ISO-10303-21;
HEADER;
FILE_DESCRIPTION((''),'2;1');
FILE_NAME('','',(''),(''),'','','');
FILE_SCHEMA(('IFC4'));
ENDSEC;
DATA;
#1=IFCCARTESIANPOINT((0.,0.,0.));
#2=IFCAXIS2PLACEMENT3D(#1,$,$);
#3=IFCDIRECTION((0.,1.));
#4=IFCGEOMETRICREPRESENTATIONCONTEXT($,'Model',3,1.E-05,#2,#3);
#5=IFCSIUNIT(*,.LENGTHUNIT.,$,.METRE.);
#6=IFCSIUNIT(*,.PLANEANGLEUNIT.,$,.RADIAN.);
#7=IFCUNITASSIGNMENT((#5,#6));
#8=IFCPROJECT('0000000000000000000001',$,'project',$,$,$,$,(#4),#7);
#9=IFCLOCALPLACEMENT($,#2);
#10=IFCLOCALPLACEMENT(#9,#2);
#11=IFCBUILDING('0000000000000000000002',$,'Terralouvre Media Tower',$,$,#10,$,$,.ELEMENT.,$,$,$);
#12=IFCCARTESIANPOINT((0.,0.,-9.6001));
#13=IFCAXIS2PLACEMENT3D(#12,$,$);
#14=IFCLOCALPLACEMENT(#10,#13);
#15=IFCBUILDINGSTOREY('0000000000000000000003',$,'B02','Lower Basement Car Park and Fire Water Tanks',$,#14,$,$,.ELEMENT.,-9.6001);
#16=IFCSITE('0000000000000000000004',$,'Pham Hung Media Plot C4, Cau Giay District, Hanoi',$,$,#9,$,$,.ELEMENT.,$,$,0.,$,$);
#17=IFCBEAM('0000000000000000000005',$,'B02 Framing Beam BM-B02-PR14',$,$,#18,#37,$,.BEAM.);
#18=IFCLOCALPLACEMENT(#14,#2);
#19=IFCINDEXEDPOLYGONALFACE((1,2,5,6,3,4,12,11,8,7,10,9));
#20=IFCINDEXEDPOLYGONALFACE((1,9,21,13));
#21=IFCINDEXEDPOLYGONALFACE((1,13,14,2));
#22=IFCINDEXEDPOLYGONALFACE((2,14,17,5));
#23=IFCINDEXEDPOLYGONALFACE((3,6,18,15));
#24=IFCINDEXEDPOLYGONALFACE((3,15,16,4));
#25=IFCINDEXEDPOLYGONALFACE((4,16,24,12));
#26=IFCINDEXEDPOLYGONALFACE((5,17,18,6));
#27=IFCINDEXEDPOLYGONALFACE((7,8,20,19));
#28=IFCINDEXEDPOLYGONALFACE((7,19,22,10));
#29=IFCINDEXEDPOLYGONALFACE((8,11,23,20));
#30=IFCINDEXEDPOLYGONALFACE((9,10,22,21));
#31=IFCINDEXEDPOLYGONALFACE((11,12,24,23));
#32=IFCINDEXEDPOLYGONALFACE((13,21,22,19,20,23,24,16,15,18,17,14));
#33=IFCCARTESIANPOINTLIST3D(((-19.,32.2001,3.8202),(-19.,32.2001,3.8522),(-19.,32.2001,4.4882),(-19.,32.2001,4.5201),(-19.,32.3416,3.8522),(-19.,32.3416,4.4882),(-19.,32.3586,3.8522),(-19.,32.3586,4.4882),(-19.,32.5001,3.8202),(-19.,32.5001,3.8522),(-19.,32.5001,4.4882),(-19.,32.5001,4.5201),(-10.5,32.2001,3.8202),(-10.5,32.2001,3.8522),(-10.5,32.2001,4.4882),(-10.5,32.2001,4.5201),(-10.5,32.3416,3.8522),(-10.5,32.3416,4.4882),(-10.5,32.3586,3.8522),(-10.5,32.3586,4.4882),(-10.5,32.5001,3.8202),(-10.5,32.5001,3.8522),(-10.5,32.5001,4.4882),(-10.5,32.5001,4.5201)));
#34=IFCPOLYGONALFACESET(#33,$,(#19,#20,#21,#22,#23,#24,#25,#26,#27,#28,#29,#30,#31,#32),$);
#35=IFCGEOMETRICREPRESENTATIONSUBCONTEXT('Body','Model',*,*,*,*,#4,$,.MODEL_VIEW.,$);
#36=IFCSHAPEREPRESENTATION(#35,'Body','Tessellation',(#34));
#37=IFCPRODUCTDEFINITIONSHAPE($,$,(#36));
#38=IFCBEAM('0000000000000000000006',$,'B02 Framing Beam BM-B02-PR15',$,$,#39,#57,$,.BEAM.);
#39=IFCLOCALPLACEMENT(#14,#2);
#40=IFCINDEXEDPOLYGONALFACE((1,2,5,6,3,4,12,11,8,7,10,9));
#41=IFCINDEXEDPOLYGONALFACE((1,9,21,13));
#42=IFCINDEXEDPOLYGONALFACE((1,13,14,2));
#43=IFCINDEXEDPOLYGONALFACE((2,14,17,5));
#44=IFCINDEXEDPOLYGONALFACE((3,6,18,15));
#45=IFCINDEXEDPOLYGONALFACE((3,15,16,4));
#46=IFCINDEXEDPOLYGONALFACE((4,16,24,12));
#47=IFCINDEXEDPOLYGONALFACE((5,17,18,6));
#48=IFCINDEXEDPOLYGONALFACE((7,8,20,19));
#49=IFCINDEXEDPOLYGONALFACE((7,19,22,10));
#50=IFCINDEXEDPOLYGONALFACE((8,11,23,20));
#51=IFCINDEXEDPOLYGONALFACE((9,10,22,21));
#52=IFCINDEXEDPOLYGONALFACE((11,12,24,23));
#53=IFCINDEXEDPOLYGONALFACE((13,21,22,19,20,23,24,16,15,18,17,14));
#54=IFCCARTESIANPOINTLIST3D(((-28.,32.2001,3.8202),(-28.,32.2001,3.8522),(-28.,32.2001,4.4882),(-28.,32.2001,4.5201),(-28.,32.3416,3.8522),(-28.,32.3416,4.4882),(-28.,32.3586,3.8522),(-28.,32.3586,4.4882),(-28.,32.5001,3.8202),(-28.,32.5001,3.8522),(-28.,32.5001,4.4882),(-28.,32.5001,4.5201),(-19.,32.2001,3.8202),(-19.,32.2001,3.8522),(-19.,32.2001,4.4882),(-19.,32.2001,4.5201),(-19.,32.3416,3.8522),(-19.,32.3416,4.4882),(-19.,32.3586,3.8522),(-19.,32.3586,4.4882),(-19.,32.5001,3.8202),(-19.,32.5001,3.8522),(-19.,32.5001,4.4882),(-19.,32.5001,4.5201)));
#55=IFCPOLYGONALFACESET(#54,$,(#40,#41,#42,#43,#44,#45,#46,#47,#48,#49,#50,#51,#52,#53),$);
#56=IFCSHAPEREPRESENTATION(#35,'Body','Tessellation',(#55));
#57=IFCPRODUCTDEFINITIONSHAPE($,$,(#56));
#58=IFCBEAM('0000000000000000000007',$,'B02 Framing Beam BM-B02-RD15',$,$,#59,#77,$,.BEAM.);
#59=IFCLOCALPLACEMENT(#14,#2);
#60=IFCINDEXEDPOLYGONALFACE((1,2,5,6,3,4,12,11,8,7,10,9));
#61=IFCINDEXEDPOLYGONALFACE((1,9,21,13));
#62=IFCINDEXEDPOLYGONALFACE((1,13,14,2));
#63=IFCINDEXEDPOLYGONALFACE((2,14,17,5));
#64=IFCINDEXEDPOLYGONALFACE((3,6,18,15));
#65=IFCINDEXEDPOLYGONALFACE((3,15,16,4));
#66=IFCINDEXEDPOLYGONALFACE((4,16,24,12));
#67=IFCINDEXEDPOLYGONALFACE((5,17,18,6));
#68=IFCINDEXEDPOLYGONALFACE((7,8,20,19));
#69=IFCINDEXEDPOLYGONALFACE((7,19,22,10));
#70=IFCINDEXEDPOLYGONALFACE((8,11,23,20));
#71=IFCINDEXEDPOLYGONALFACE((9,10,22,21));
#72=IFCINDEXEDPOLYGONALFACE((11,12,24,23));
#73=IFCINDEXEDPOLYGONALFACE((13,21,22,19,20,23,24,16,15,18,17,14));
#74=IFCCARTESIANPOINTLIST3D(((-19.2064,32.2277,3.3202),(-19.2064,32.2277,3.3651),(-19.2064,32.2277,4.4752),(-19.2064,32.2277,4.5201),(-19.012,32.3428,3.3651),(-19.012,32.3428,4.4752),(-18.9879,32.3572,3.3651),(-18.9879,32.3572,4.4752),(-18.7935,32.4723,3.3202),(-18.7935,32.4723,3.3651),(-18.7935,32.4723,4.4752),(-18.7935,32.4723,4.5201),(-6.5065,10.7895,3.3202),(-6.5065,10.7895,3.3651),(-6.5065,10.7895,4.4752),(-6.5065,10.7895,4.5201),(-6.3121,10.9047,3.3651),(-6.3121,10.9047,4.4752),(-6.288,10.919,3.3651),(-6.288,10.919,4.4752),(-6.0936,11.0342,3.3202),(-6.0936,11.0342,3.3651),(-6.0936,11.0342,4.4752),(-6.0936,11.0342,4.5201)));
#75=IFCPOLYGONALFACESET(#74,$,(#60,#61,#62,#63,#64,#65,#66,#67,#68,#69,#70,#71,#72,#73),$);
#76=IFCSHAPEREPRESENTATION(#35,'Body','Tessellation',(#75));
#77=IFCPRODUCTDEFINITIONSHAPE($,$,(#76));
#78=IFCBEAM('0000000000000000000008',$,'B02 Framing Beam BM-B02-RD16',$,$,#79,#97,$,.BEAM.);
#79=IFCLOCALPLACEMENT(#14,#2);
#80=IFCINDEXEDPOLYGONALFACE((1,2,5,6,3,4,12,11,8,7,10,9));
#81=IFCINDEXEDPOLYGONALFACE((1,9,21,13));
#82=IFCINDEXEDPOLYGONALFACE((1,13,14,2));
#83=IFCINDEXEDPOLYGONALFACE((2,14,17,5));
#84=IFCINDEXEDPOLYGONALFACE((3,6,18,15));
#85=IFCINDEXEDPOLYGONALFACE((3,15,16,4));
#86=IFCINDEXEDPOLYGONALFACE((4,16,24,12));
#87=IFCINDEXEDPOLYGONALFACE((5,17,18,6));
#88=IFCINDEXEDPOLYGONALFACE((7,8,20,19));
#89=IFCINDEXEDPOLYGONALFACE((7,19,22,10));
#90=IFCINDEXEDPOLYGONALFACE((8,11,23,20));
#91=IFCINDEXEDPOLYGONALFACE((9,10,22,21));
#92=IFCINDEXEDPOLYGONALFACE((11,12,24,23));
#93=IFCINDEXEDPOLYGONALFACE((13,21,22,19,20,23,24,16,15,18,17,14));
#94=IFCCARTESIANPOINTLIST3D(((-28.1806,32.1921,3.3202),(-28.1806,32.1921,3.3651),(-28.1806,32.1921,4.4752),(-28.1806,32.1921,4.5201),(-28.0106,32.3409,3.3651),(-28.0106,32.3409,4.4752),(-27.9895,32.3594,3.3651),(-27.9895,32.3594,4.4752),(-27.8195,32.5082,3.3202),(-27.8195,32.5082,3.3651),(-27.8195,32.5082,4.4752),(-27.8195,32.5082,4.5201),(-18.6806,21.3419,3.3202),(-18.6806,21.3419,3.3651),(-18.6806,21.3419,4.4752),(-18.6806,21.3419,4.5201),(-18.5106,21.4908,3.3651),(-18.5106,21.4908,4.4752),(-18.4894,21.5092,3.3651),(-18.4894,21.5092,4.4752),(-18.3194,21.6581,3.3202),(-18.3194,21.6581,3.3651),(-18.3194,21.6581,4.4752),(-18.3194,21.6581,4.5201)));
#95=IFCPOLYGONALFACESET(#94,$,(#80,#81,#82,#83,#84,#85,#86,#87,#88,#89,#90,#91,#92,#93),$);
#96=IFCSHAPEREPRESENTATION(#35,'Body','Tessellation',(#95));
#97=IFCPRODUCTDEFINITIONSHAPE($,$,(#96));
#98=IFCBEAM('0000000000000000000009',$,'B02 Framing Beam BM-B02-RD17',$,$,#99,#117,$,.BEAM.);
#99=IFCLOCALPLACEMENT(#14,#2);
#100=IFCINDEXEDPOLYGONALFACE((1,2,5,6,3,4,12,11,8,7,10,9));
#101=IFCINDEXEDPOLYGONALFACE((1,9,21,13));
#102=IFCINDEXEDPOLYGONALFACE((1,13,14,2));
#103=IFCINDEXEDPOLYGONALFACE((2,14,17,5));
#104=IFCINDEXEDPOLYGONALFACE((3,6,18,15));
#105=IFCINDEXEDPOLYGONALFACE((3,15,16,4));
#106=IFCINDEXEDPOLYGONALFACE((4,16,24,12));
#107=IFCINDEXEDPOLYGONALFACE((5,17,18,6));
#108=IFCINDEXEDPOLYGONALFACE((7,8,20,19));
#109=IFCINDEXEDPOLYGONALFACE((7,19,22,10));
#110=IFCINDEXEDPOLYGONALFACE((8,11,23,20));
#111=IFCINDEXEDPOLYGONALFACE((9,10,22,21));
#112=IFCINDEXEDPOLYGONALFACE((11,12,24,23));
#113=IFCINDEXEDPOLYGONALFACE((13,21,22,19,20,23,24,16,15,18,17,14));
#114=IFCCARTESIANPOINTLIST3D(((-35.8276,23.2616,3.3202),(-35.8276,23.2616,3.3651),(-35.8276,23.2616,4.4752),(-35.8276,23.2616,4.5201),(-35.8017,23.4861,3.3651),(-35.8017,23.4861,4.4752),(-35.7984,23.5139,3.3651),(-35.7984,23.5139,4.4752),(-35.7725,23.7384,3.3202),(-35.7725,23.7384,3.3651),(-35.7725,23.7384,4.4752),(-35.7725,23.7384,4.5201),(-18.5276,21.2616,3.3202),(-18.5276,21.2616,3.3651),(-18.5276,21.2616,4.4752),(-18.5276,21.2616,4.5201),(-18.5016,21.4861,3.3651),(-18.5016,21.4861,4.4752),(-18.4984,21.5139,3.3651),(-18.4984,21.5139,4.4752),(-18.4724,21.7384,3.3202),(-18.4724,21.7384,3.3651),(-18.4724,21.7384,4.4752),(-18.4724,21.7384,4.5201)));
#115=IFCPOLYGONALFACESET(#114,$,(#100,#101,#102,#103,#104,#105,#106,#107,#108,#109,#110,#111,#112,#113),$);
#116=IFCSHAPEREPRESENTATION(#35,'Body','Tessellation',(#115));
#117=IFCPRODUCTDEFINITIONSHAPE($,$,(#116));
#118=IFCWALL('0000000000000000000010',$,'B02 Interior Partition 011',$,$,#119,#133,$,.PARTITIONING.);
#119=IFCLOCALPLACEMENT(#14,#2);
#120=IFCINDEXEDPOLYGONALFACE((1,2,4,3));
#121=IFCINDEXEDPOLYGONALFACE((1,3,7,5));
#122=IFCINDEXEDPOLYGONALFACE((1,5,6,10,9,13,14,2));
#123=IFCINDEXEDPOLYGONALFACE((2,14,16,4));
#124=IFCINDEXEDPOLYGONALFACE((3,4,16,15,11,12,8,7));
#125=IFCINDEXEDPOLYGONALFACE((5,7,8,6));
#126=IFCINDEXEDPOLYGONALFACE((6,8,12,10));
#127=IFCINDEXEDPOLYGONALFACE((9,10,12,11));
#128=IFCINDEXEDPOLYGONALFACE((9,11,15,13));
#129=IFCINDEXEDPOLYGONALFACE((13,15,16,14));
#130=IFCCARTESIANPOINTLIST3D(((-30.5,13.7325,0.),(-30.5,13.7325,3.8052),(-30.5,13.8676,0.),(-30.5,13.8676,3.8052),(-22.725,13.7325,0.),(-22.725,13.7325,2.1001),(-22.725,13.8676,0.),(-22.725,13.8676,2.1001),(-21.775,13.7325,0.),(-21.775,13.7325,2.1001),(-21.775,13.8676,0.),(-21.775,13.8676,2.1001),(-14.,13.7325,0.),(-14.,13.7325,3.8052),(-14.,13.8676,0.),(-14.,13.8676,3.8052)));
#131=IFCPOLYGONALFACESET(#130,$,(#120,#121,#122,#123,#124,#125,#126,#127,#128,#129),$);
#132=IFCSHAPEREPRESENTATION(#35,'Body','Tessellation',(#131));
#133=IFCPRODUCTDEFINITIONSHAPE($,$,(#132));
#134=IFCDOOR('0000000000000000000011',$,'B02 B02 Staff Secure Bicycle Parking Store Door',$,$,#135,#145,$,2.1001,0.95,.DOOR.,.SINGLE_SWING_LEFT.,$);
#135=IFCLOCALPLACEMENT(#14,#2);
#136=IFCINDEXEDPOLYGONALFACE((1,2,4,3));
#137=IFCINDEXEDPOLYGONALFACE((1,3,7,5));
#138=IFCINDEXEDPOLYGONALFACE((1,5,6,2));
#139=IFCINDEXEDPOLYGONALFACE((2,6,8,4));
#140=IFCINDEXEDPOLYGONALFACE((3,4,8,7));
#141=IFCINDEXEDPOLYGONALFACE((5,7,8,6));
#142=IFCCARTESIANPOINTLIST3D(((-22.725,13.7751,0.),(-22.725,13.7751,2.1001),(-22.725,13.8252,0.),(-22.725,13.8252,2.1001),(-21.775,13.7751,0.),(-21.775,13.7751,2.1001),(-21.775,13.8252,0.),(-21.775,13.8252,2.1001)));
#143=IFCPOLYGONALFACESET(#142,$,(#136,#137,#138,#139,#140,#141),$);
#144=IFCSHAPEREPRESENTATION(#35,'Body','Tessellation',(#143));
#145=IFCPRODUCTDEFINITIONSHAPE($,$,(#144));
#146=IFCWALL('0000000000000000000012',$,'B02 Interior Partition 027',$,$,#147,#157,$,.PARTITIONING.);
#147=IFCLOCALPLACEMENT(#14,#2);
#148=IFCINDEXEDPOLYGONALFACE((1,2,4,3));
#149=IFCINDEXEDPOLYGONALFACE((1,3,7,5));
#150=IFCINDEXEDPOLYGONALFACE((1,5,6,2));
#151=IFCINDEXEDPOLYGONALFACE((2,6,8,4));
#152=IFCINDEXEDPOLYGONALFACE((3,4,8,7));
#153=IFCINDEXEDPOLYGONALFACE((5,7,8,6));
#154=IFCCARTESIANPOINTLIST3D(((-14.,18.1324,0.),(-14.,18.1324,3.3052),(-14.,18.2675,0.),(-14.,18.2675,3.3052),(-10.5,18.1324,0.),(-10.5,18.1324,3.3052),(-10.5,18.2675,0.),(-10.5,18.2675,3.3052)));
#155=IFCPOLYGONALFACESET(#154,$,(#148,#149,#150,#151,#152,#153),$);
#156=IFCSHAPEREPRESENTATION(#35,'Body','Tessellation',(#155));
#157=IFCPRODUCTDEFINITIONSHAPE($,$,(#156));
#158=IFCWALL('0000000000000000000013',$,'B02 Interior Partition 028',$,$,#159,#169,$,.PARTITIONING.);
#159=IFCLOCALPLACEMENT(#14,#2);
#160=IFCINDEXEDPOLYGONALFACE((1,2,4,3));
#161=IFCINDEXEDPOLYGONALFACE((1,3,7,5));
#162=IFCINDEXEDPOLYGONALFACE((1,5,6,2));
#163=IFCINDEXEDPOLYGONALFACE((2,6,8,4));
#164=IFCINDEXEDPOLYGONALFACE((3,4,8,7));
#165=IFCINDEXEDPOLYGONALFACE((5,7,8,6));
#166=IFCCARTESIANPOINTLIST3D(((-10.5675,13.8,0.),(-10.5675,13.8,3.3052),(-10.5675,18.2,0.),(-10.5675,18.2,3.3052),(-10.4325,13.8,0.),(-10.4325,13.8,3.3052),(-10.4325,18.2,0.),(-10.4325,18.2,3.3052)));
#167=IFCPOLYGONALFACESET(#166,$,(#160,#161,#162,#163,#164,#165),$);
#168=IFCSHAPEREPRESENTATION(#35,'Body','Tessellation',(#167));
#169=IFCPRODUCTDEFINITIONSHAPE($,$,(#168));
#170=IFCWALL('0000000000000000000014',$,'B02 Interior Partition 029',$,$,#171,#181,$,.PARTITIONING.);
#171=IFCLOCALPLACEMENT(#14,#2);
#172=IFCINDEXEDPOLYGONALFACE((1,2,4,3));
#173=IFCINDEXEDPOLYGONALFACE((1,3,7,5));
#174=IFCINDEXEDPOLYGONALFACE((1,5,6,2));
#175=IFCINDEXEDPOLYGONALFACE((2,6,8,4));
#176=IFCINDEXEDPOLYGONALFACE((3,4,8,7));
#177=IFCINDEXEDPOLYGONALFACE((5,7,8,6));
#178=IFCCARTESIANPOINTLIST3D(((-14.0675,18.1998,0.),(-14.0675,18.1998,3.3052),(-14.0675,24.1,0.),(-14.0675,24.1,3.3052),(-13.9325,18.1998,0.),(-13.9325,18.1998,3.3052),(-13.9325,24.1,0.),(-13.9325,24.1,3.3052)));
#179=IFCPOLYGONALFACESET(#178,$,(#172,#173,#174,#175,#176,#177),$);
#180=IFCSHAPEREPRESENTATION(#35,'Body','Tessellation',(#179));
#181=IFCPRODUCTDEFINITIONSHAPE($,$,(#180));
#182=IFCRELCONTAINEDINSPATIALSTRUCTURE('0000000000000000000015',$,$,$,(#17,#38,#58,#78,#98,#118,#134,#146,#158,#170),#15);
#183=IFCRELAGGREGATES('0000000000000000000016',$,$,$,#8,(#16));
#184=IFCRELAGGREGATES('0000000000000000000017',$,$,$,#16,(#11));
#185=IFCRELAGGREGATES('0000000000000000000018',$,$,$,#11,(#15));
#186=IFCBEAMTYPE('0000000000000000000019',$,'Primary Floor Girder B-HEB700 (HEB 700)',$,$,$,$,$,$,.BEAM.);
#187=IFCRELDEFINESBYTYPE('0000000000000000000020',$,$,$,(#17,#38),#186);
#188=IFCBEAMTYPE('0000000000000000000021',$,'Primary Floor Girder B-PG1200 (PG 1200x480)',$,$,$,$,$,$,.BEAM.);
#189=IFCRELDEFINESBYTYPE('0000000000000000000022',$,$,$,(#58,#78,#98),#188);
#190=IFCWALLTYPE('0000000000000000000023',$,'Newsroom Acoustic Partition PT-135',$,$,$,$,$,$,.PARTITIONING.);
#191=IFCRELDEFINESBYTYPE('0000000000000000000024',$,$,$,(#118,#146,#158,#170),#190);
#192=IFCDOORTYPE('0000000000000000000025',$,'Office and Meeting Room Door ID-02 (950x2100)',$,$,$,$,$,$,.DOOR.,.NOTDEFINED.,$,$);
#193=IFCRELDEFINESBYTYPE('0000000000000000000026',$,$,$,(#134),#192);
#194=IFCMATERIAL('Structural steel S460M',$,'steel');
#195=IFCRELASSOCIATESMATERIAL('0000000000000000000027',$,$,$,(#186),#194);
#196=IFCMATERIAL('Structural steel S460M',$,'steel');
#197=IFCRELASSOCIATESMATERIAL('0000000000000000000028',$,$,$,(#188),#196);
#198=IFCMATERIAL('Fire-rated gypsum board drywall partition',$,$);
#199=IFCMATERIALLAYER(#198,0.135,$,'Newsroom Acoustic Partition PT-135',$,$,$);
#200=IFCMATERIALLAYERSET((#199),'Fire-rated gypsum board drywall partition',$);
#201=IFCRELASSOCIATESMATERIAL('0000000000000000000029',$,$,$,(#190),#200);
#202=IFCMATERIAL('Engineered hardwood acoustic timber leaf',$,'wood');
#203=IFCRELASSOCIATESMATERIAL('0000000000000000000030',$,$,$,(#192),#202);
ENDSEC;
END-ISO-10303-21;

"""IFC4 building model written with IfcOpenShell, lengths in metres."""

from ifc_helpers import new_model, si_unit, direction, frame, frame_2d, origin, origin_2d, place, context, subcontext, project, spatial, rectangle, i_section, extrude, material, layer, layer_set, material_profile, profile_set, type_object, element, fill, save


model = new_model("IFC4")

# Units and contexts
model_context = context("Model", 3, precision=1e-05, world=origin(), true_north=direction((0.0, 1.0)))
body_context = subcontext(model_context, "Body", "Model", "MODEL_VIEW")
ifc_project = project(units=[si_unit("LENGTHUNIT", "METRE"), si_unit("PLANEANGLEUNIT", "RADIAN")], contexts=[model_context])

# Site, building, storey
site_placement = place(None, origin())
site = spatial("IfcSite", under=ifc_project, at=site_placement, Name="Pham Hung Media Plot C4, Cau Giay District, Hanoi", CompositionType="ELEMENT", RefElevation=0.0)
building_placement = place(site_placement, origin())
building = spatial("IfcBuilding", under=site, at=building_placement, Name="Terralouvre Media Tower", CompositionType="ELEMENT")
storey_placement = place(building_placement, frame((0.0, 0.0, -9.6001)))
storey = spatial("IfcBuildingStorey", under=building, at=storey_placement, Name="B02", Description="Lower Basement Car Park and Fire Water Tanks", CompositionType="ELEMENT", Elevation=-9.6001)

# Beams
ifc_material_1 = material(Name="Structural steel S460M", Category="steel")
ifc_material_profile_1 = material_profile(ifc_material_1, i_section(OverallWidth=0.3, OverallDepth=0.7, WebThickness=0.0171, FlangeThickness=0.032, at=origin_2d()), Name="HEB 700")
ifc_profile_set_1 = profile_set([ifc_material_profile_1], Name="Structural steel S460M")
beam_type_1 = type_object("IfcBeamType", Name="Primary Floor Girder B-HEB700 (HEB 700)", PredefinedType="BEAM", material=ifc_profile_set_1)
beam_1_placement = place(storey_placement, frame((-10.5, 32.3501, 4.1702), z_axis=(-1.0, 0.0, 0.0), x_axis=(0.0, -1.0, 0.0)))
element("IfcBeam", 1, at=beam_1_placement, inside=storey, type_object=beam_type_1, Name="B02 Framing Beam BM-B02-PR14", PredefinedType="BEAM", context=body_context, shape_type="SweptSolid", body=[
    extrude(i_section(OverallWidth=0.3, OverallDepth=0.7, WebThickness=0.0171, FlangeThickness=0.032, at=origin_2d()), origin(), (0.0, 0.0, 1.0), 8.5),
])
beam_2_placement = place(storey_placement, frame((-19.0, 32.3501, 4.1702), z_axis=(-1.0, 0.0, 0.0), x_axis=(0.0, -1.0, 0.0)))
element("IfcBeam", 2, at=beam_2_placement, inside=storey, type_object=beam_type_1, Name="B02 Framing Beam BM-B02-PR15", PredefinedType="BEAM", context=body_context, shape_type="SweptSolid", body=[
    extrude(i_section(OverallWidth=0.3, OverallDepth=0.7, WebThickness=0.0171, FlangeThickness=0.032, at=origin_2d()), origin(), (0.0, 0.0, 1.0), 9.0),
])
ifc_material_2 = material(Name="Structural steel S460M", Category="steel")
ifc_material_profile_2 = material_profile(ifc_material_2, i_section(OverallWidth=0.48, OverallDepth=1.2, WebThickness=0.0281, FlangeThickness=0.0449, at=origin_2d()), Name="PG 1200x480")
ifc_profile_set_2 = profile_set([ifc_material_profile_2], Name="Structural steel S460M")
beam_type_2 = type_object("IfcBeamType", Name="Primary Floor Girder B-PG1200 (PG 1200x480)", PredefinedType="BEAM", material=ifc_profile_set_2)
beam_3_placement = place(storey_placement, frame((-6.3, 10.9119, 3.9202), z_axis=(-0.509678, 0.860365, 0.0), x_axis=(-0.860365, -0.509678, 0.0)))
element("IfcBeam", 3, at=beam_3_placement, inside=storey, type_object=beam_type_2, Name="B02 Framing Beam BM-B02-RD15", PredefinedType="BEAM", context=body_context, shape_type="SweptSolid", body=[
    extrude(i_section(OverallWidth=0.48, OverallDepth=1.2, WebThickness=0.0281, FlangeThickness=0.0449, at=origin_2d()), origin(), (0.0, 0.0, 1.0), 24.9175),
])
beam_4_placement = place(storey_placement, frame((-18.5, 21.5, 3.9202), z_axis=(-0.658747, 0.752365, 0.0), x_axis=(-0.752365, -0.658747, 0.0)))
element("IfcBeam", 4, at=beam_4_placement, inside=storey, type_object=beam_type_2, Name="B02 Framing Beam BM-B02-RD16", PredefinedType="BEAM", context=body_context, shape_type="SweptSolid", body=[
    extrude(i_section(OverallWidth=0.48, OverallDepth=1.2, WebThickness=0.0281, FlangeThickness=0.0449, at=origin_2d()), origin(), (0.0, 0.0, 1.0), 14.4214),
])
beam_5_placement = place(storey_placement, frame((-18.5, 21.5, 3.9202), z_axis=(-0.993384, 0.114842, 0.0), x_axis=(-0.114842, -0.993384, 0.0)))
element("IfcBeam", 5, at=beam_5_placement, inside=storey, type_object=beam_type_2, Name="B02 Framing Beam BM-B02-RD17", PredefinedType="BEAM", context=body_context, shape_type="SweptSolid", body=[
    extrude(i_section(OverallWidth=0.48, OverallDepth=1.2, WebThickness=0.0281, FlangeThickness=0.0449, at=origin_2d()), origin(), (0.0, 0.0, 1.0), 17.4153),
])

# Wall, opening, door
ifc_material_3 = material(Name="Fire-rated gypsum board drywall partition")
ifc_layer_1 = layer(ifc_material_3, 0.135, Name="Newsroom Acoustic Partition PT-135")
ifc_layer_set_1 = layer_set([ifc_layer_1], Name="Fire-rated gypsum board drywall partition")
wall_type_1 = type_object("IfcWallType", Name="Newsroom Acoustic Partition PT-135", PredefinedType="PARTITIONING", material=ifc_layer_set_1)
wall_1_placement = place(storey_placement, frame((-14.0, 13.8, 0.0), z_axis=(0.0, 0.0, 1.0), x_axis=(-1.0, 0.0, 0.0)))
wall_1 = element("IfcWall", 6, at=wall_1_placement, inside=storey, type_object=wall_type_1, Name="B02 Interior Partition 011", PredefinedType="PARTITIONING", context=body_context, shape_type="SweptSolid", body=[
    extrude(rectangle(XDim=16.5, YDim=0.135, at=frame_2d((8.25, 0.0))), origin(), (0.0, 0.0, 1.0), 3.8052),
])
opening_1_placement = place(wall_1_placement, frame((7.7749, 0.0, 0.0)))
opening_1 = element("IfcOpeningElement", 7, at=opening_1_placement, cuts=wall_1, PredefinedType="OPENING", context=body_context, shape_type="SweptSolid", body=[
    extrude(rectangle(XDim=0.95, YDim=2.1001, at=frame_2d((0.4751, 1.05))), frame((0.0, 0.0774, 0.0), z_axis=(0.0, -1.0, 0.0), x_axis=(1.0, 0.0, 0.0)), (0.0, 0.0, 1.0), 0.155),
])
ifc_material_4 = material(Name="Engineered hardwood acoustic timber leaf", Category="wood")
door_type_1 = type_object("IfcDoorType", Name="Office and Meeting Room Door ID-02 (950x2100)", OperationType="NOTDEFINED", PredefinedType="DOOR", material=ifc_material_4)
door_1_placement = place(opening_1_placement, origin())
door_1 = element("IfcDoor", 8, at=door_1_placement, inside=storey, type_object=door_type_1, Name="B02 B02 Staff Secure Bicycle Parking Store Door", OperationType="SINGLE_SWING_LEFT", OverallHeight=2.1001, OverallWidth=0.95, PredefinedType="DOOR", context=body_context, shape_type="SweptSolid", body=[
    extrude(rectangle(XDim=0.95, YDim=2.1001, at=frame_2d((0.4751, 1.05))), frame((0.0, 0.0249, 0.0), z_axis=(0.0, -1.0, 0.0), x_axis=(1.0, 0.0, 0.0)), (0.0, 0.0, 1.0), 0.05),
])
fill(opening_1, door_1)

# Walls
wall_2_placement = place(storey_placement, frame((-14.0, 18.2, 0.0), z_axis=(0.0, 0.0, 1.0), x_axis=(1.0, 0.0, 0.0)))
element("IfcWall", 9, at=wall_2_placement, inside=storey, type_object=wall_type_1, Name="B02 Interior Partition 027", PredefinedType="PARTITIONING", context=body_context, shape_type="SweptSolid", body=[
    extrude(rectangle(XDim=3.5, YDim=0.135, at=frame_2d((1.75, 0.0))), origin(), (0.0, 0.0, 1.0), 3.3052),
])
wall_3_placement = place(storey_placement, frame((-10.5, 18.2, 0.0), z_axis=(0.0, 0.0, 1.0), x_axis=(0.0, -1.0, 0.0)))
element("IfcWall", 10, at=wall_3_placement, inside=storey, type_object=wall_type_1, Name="B02 Interior Partition 028", PredefinedType="PARTITIONING", context=body_context, shape_type="SweptSolid", body=[
    extrude(rectangle(XDim=4.3999, YDim=0.135, at=frame_2d((2.2, 0.0))), origin(), (0.0, 0.0, 1.0), 3.3052),
])
wall_4_placement = place(storey_placement, frame((-14.0, 24.1001, 0.0), z_axis=(0.0, 0.0, 1.0), x_axis=(0.0, -1.0, 0.0)))
element("IfcWall", 11, at=wall_4_placement, inside=storey, type_object=wall_type_1, Name="B02 Interior Partition 029", PredefinedType="PARTITIONING", context=body_context, shape_type="SweptSolid", body=[
    extrude(rectangle(XDim=5.9001, YDim=0.135, at=frame_2d((2.9502, 0.0))), origin(), (0.0, 0.0, 1.0), 3.3052),
])

save(model, "model.ifc")
